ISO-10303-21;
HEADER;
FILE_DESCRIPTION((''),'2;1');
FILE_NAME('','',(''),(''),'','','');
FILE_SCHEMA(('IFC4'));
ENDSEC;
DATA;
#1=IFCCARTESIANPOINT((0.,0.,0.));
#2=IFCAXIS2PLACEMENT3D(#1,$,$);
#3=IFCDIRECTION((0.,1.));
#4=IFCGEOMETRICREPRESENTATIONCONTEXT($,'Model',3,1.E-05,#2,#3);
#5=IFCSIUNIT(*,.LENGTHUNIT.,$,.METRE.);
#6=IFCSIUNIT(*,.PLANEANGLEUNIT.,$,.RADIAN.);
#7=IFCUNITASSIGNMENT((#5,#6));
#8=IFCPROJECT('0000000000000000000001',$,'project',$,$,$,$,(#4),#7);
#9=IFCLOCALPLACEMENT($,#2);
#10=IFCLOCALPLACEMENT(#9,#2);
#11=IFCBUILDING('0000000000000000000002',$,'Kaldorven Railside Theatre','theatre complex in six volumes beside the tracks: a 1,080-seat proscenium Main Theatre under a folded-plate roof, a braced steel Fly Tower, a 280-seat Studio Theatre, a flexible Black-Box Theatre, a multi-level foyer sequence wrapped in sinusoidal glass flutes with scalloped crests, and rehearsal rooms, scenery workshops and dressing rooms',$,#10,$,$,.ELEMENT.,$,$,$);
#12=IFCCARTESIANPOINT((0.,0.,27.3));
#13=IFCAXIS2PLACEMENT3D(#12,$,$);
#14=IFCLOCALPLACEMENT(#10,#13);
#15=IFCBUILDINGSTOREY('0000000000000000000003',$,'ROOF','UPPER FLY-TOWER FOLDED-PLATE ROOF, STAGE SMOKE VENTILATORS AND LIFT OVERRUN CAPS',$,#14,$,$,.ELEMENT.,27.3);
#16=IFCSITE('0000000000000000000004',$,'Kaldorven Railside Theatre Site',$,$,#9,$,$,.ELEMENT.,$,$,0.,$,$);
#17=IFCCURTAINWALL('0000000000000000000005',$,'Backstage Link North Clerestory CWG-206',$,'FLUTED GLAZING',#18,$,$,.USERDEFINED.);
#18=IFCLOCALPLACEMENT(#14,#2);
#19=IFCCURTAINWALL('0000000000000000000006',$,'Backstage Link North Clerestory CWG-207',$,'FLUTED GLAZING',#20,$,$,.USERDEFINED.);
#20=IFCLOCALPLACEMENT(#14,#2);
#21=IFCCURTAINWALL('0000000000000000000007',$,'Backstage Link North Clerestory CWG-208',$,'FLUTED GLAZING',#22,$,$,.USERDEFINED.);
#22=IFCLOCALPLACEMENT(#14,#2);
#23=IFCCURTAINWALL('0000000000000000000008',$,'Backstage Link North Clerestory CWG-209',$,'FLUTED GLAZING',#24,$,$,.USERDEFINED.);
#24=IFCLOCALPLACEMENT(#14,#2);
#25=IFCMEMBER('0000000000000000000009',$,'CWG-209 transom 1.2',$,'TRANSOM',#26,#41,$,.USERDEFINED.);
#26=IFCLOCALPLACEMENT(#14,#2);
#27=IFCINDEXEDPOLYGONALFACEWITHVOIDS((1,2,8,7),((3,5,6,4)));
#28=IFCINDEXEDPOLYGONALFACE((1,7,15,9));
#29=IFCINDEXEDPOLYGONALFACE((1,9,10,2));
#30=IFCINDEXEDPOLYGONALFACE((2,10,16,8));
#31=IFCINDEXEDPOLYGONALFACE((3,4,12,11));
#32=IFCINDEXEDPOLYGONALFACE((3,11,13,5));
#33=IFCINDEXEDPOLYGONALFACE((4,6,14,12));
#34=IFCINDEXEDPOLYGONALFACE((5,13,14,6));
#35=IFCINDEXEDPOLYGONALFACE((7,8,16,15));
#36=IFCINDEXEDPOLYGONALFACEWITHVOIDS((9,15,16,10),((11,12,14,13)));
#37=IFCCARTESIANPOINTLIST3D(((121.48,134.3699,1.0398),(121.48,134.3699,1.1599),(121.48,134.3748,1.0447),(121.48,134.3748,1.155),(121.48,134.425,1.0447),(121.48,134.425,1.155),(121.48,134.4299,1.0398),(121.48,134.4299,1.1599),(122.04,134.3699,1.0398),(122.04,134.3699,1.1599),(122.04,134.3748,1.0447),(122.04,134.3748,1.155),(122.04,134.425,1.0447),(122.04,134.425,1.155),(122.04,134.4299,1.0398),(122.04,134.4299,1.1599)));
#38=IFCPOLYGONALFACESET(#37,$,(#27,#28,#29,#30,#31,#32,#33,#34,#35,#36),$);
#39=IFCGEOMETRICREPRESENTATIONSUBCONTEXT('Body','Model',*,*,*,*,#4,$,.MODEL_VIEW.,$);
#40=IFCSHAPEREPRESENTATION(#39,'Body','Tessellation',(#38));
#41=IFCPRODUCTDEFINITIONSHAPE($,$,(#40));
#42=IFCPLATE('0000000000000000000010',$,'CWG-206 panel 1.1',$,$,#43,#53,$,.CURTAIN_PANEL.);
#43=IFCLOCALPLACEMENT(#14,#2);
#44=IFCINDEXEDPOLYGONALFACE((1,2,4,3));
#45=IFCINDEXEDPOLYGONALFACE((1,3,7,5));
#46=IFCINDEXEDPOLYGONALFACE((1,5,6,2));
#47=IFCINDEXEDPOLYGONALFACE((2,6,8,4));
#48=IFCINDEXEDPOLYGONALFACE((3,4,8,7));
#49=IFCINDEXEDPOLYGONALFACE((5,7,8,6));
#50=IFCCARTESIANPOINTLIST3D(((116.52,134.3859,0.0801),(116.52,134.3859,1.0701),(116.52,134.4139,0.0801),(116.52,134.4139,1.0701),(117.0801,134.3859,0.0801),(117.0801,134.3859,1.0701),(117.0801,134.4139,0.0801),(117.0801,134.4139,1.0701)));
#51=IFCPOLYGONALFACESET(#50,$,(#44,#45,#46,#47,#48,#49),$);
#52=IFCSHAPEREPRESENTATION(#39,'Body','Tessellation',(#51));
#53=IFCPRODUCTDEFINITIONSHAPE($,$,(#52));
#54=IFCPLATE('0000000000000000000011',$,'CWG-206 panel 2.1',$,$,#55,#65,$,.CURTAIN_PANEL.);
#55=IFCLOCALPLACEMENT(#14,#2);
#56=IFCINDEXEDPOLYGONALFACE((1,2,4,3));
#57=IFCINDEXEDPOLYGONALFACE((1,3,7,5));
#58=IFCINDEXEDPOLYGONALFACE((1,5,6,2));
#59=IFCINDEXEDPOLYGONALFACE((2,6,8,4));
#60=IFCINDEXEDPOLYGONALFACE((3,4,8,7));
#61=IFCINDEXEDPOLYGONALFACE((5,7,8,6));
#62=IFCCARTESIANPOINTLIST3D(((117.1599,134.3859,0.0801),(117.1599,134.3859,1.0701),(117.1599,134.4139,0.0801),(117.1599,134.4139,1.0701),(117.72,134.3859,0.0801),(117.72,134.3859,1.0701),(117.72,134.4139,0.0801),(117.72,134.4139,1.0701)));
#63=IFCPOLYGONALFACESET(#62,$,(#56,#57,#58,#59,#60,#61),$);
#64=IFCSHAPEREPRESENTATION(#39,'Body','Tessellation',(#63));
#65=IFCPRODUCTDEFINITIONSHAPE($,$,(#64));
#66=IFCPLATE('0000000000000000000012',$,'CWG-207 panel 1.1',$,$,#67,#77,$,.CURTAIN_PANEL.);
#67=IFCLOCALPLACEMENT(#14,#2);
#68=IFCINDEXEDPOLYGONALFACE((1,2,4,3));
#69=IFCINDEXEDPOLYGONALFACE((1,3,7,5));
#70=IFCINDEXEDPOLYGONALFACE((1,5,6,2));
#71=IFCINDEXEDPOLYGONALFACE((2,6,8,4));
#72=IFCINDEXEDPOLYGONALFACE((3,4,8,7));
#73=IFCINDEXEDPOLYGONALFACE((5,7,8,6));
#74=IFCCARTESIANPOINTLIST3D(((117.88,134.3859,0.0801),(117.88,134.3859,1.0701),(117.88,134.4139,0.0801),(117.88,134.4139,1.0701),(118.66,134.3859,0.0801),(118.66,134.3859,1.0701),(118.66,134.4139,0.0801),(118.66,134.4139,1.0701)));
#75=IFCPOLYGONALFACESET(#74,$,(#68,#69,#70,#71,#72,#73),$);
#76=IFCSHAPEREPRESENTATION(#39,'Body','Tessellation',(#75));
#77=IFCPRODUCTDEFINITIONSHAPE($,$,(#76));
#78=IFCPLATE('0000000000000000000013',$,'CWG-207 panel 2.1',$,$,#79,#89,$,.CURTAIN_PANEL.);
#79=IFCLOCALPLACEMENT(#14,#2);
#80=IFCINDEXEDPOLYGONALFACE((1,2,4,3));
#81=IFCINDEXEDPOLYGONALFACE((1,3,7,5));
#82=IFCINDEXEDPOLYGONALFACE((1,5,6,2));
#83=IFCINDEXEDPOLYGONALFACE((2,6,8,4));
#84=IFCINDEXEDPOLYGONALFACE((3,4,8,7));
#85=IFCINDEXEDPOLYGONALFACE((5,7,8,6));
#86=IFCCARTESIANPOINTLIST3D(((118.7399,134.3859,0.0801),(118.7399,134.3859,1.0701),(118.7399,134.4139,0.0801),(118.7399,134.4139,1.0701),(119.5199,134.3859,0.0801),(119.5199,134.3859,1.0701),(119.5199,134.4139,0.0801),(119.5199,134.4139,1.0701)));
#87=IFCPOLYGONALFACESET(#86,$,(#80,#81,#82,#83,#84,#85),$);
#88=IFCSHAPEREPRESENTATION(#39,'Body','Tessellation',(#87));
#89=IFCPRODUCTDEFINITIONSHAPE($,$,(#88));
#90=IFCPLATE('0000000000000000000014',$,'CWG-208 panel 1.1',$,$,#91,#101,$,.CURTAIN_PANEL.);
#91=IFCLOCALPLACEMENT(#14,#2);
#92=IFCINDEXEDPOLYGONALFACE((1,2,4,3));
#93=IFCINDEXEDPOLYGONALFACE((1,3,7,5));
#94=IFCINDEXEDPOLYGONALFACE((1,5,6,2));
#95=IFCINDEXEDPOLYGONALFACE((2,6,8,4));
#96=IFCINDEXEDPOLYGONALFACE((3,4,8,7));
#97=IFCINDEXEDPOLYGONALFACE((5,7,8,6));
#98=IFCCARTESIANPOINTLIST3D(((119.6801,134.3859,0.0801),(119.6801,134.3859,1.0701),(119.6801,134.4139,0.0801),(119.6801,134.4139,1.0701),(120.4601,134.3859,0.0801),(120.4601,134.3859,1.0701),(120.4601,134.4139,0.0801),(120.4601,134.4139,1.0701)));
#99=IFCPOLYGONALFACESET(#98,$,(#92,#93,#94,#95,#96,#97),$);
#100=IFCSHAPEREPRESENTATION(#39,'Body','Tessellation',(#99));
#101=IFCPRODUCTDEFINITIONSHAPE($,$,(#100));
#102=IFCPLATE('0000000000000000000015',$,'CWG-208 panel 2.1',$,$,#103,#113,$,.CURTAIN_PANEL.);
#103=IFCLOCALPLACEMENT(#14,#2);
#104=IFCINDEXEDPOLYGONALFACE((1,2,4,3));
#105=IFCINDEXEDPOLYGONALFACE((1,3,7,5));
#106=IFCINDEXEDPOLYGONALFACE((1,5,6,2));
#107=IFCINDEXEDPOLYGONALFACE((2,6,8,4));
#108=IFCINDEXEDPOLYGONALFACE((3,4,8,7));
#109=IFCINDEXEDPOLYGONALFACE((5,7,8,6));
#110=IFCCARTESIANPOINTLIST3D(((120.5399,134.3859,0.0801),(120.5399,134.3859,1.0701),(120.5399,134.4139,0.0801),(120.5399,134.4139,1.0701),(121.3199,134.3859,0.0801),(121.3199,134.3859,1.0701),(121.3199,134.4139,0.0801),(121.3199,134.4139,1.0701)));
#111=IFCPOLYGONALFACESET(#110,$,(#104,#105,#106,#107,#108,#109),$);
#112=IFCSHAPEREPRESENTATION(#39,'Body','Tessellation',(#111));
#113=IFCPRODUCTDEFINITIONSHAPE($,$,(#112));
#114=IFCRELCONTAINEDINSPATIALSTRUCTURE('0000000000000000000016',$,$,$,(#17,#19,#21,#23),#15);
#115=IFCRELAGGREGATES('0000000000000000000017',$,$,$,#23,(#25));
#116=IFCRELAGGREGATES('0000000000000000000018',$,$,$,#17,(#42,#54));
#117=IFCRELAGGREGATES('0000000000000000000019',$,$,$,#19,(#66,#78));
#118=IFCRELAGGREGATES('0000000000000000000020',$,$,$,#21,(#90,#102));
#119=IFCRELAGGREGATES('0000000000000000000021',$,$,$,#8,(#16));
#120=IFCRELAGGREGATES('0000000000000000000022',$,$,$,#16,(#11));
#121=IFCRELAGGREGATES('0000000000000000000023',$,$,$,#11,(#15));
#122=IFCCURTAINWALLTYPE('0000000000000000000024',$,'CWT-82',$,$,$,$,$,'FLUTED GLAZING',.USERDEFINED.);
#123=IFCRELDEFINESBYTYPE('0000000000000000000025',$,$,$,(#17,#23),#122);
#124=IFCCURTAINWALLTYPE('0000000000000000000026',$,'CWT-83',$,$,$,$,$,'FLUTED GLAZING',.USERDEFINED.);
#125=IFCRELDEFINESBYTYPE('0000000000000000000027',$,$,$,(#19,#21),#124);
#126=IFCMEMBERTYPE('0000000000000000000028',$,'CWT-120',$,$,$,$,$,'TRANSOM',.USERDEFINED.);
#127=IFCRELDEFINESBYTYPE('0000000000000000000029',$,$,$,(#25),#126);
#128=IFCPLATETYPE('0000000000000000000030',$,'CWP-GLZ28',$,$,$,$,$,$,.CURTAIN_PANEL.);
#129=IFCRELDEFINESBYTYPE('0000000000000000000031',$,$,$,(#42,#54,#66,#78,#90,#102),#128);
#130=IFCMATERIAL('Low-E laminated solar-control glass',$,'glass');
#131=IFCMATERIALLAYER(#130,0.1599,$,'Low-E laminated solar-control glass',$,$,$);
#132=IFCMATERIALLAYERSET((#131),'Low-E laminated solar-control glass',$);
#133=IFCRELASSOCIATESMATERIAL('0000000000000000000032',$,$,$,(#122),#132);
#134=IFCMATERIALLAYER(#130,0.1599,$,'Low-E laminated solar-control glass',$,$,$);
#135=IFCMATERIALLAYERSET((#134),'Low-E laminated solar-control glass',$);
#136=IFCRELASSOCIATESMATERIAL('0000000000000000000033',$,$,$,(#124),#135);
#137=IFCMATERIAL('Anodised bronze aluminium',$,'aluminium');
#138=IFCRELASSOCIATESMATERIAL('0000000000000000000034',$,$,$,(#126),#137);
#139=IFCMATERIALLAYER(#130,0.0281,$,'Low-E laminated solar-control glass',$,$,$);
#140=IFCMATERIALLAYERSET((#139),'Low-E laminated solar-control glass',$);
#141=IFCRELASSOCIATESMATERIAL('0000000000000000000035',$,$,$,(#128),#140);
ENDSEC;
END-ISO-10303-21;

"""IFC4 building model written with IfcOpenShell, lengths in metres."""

from ifc_helpers import new_model, si_unit, direction, frame, origin, origin_2d, place, context, subcontext, project, spatial, rectangle, hollow_rectangle, extrude, material, layer, layer_set, material_profile, profile_set, type_object, element, aggregate, save


model = new_model("IFC4")

# Units and contexts
model_context = context("Model", 3, precision=1e-05, world=origin(), true_north=direction((0.0, 1.0)))
body_context = subcontext(model_context, "Body", "Model", "MODEL_VIEW")
ifc_project = project(units=[si_unit("LENGTHUNIT", "METRE"), si_unit("PLANEANGLEUNIT", "RADIAN")], contexts=[model_context])

# Site, building, storey
site_placement = place(None, origin())
site = spatial("IfcSite", under=ifc_project, at=site_placement, Name="Kaldorven Railside Theatre Site", CompositionType="ELEMENT", RefElevation=0.0)
building_placement = place(site_placement, origin())
building = spatial("IfcBuilding", under=site, at=building_placement, Name="Kaldorven Railside Theatre", Description="theatre complex in six volumes beside the tracks: a 1,080-seat proscenium Main Theatre under a folded-plate roof, a braced steel Fly Tower, a 280-seat Studio Theatre, a flexible Black-Box Theatre, a multi-level foyer sequence wrapped in sinusoidal glass flutes with scalloped crests, and rehearsal rooms, scenery workshops and dressing rooms", CompositionType="ELEMENT")
storey_placement = place(building_placement, frame((0.0, 0.0, 27.3)))
storey = spatial("IfcBuildingStorey", under=building, at=storey_placement, Name="ROOF", Description="UPPER FLY-TOWER FOLDED-PLATE ROOF, STAGE SMOKE VENTILATORS AND LIFT OVERRUN CAPS", CompositionType="ELEMENT", Elevation=27.3)

# Curtain walls
ifc_material_1 = material(Name="Low-E laminated solar-control glass", Category="glass")
ifc_layer_1 = layer(ifc_material_1, 0.1599, Name="Low-E laminated solar-control glass")
ifc_layer_set_1 = layer_set([ifc_layer_1], Name="Low-E laminated solar-control glass")
curtain_wall_type_1 = type_object("IfcCurtainWallType", Name="CWT-82", ElementType="FLUTED GLAZING", PredefinedType="USERDEFINED", material=ifc_layer_set_1)
curtain_wall_1_placement = place(storey_placement, origin())
curtain_wall_1 = element("IfcCurtainWall", 1, at=curtain_wall_1_placement, inside=storey, type_object=curtain_wall_type_1, Name="Backstage Link North Clerestory CWG-206", ObjectType="FLUTED GLAZING", PredefinedType="USERDEFINED")
ifc_material_2 = material(Name="Anodised bronze aluminium", Category="aluminium")
ifc_layer_2 = layer(ifc_material_1, 0.1599, Name="Low-E laminated solar-control glass")
ifc_layer_set_2 = layer_set([ifc_layer_2], Name="Low-E laminated solar-control glass")
curtain_wall_type_2 = type_object("IfcCurtainWallType", Name="CWT-83", ElementType="FLUTED GLAZING", PredefinedType="USERDEFINED", material=ifc_layer_set_2)
curtain_wall_2_placement = place(storey_placement, origin())
curtain_wall_2 = element("IfcCurtainWall", 2, at=curtain_wall_2_placement, inside=storey, type_object=curtain_wall_type_2, Name="Backstage Link North Clerestory CWG-207", ObjectType="FLUTED GLAZING", PredefinedType="USERDEFINED")
curtain_wall_3_placement = place(storey_placement, origin())
curtain_wall_3 = element("IfcCurtainWall", 3, at=curtain_wall_3_placement, inside=storey, type_object=curtain_wall_type_2, Name="Backstage Link North Clerestory CWG-208", ObjectType="FLUTED GLAZING", PredefinedType="USERDEFINED")

# Curtain wall
curtain_wall_4_placement = place(storey_placement, origin())
curtain_wall_4 = element("IfcCurtainWall", 4, at=curtain_wall_4_placement, inside=storey, type_object=curtain_wall_type_1, Name="Backstage Link North Clerestory CWG-209", ObjectType="FLUTED GLAZING", PredefinedType="USERDEFINED")

# Member
ifc_material_profile_1 = material_profile(ifc_material_2, hollow_rectangle(XDim=0.0601, YDim=0.1201, WallThickness=0.0049, at=origin_2d()), Name="RHS 120x60x5")
ifc_profile_set_1 = profile_set([ifc_material_profile_1], Name="Anodised bronze aluminium")
member_type_1 = type_object("IfcMemberType", Name="CWT-120", ElementType="TRANSOM", PredefinedType="USERDEFINED", material=ifc_profile_set_1)
member_1_placement = place(storey_placement, frame((121.48, 134.3999, 1.0999), z_axis=(1.0, 0.0, 0.0), x_axis=(0.0, 1.0, 0.0)))
member_1 = element("IfcMember", 5, at=member_1_placement, type_object=member_type_1, Name="CWG-209 transom 1.2", ObjectType="TRANSOM", PredefinedType="USERDEFINED", context=body_context, shape_type="SweptSolid", body=[
    extrude(hollow_rectangle(XDim=0.0601, YDim=0.1201, WallThickness=0.0049, at=origin_2d()), origin(), (0.0, 0.0, 1.0), 0.5601),
])
aggregate(curtain_wall_4, [member_1])

# Plates
ifc_layer_3 = layer(ifc_material_1, 0.0281, Name="Low-E laminated solar-control glass")
ifc_layer_set_3 = layer_set([ifc_layer_3], Name="Low-E laminated solar-control glass")
plate_type = type_object("IfcPlateType", Name="CWP-GLZ28", PredefinedType="CURTAIN_PANEL", material=ifc_layer_set_3)
plate_1_placement = place(storey_placement, frame((116.8, 134.3999, 0.0801), z_axis=(0.0, 0.0, 1.0), x_axis=(1.0, 0.0, 0.0)))
plate_1 = element("IfcPlate", 6, at=plate_1_placement, type_object=plate_type, Name="CWG-206 panel 1.1", PredefinedType="CURTAIN_PANEL", context=body_context, shape_type="SweptSolid", body=[
    extrude(rectangle(XDim=0.5601, YDim=0.0281, at=origin_2d()), origin(), (0.0, 0.0, 1.0), 0.99),
])
plate_2_placement = place(storey_placement, frame((117.4399, 134.3999, 0.0801), z_axis=(0.0, 0.0, 1.0), x_axis=(1.0, 0.0, 0.0)))
plate_2 = element("IfcPlate", 7, at=plate_2_placement, type_object=plate_type, Name="CWG-206 panel 2.1", PredefinedType="CURTAIN_PANEL", context=body_context, shape_type="SweptSolid", body=[
    extrude(rectangle(XDim=0.5601, YDim=0.0281, at=origin_2d()), origin(), (0.0, 0.0, 1.0), 0.99),
])
aggregate(curtain_wall_1, [plate_1, plate_2])
plate_3_placement = place(storey_placement, frame((118.27, 134.3999, 0.0801), z_axis=(0.0, 0.0, 1.0), x_axis=(1.0, 0.0, 0.0)))
plate_3 = element("IfcPlate", 8, at=plate_3_placement, type_object=plate_type, Name="CWG-207 panel 1.1", PredefinedType="CURTAIN_PANEL", context=body_context, shape_type="SweptSolid", body=[
    extrude(rectangle(XDim=0.78, YDim=0.0281, at=origin_2d()), origin(), (0.0, 0.0, 1.0), 0.99),
])
plate_4_placement = place(storey_placement, frame((119.1299, 134.3999, 0.0801), z_axis=(0.0, 0.0, 1.0), x_axis=(1.0, 0.0, 0.0)))
plate_4 = element("IfcPlate", 9, at=plate_4_placement, type_object=plate_type, Name="CWG-207 panel 2.1", PredefinedType="CURTAIN_PANEL", context=body_context, shape_type="SweptSolid", body=[
    extrude(rectangle(XDim=0.78, YDim=0.0281, at=origin_2d()), origin(), (0.0, 0.0, 1.0), 0.99),
])
aggregate(curtain_wall_2, [plate_3, plate_4])
plate_5_placement = place(storey_placement, frame((120.0701, 134.3999, 0.0801), z_axis=(0.0, 0.0, 1.0), x_axis=(1.0, 0.0, 0.0)))
plate_5 = element("IfcPlate", 10, at=plate_5_placement, type_object=plate_type, Name="CWG-208 panel 1.1", PredefinedType="CURTAIN_PANEL", context=body_context, shape_type="SweptSolid", body=[
    extrude(rectangle(XDim=0.78, YDim=0.0281, at=origin_2d()), origin(), (0.0, 0.0, 1.0), 0.99),
])
plate_6_placement = place(storey_placement, frame((120.9299, 134.3999, 0.0801), z_axis=(0.0, 0.0, 1.0), x_axis=(1.0, 0.0, 0.0)))
plate_6 = element("IfcPlate", 11, at=plate_6_placement, type_object=plate_type, Name="CWG-208 panel 2.1", PredefinedType="CURTAIN_PANEL", context=body_context, shape_type="SweptSolid", body=[
    extrude(rectangle(XDim=0.78, YDim=0.0281, at=origin_2d()), origin(), (0.0, 0.0, 1.0), 0.99),
])
aggregate(curtain_wall_3, [plate_5, plate_6])

save(model, "model.ifc")
